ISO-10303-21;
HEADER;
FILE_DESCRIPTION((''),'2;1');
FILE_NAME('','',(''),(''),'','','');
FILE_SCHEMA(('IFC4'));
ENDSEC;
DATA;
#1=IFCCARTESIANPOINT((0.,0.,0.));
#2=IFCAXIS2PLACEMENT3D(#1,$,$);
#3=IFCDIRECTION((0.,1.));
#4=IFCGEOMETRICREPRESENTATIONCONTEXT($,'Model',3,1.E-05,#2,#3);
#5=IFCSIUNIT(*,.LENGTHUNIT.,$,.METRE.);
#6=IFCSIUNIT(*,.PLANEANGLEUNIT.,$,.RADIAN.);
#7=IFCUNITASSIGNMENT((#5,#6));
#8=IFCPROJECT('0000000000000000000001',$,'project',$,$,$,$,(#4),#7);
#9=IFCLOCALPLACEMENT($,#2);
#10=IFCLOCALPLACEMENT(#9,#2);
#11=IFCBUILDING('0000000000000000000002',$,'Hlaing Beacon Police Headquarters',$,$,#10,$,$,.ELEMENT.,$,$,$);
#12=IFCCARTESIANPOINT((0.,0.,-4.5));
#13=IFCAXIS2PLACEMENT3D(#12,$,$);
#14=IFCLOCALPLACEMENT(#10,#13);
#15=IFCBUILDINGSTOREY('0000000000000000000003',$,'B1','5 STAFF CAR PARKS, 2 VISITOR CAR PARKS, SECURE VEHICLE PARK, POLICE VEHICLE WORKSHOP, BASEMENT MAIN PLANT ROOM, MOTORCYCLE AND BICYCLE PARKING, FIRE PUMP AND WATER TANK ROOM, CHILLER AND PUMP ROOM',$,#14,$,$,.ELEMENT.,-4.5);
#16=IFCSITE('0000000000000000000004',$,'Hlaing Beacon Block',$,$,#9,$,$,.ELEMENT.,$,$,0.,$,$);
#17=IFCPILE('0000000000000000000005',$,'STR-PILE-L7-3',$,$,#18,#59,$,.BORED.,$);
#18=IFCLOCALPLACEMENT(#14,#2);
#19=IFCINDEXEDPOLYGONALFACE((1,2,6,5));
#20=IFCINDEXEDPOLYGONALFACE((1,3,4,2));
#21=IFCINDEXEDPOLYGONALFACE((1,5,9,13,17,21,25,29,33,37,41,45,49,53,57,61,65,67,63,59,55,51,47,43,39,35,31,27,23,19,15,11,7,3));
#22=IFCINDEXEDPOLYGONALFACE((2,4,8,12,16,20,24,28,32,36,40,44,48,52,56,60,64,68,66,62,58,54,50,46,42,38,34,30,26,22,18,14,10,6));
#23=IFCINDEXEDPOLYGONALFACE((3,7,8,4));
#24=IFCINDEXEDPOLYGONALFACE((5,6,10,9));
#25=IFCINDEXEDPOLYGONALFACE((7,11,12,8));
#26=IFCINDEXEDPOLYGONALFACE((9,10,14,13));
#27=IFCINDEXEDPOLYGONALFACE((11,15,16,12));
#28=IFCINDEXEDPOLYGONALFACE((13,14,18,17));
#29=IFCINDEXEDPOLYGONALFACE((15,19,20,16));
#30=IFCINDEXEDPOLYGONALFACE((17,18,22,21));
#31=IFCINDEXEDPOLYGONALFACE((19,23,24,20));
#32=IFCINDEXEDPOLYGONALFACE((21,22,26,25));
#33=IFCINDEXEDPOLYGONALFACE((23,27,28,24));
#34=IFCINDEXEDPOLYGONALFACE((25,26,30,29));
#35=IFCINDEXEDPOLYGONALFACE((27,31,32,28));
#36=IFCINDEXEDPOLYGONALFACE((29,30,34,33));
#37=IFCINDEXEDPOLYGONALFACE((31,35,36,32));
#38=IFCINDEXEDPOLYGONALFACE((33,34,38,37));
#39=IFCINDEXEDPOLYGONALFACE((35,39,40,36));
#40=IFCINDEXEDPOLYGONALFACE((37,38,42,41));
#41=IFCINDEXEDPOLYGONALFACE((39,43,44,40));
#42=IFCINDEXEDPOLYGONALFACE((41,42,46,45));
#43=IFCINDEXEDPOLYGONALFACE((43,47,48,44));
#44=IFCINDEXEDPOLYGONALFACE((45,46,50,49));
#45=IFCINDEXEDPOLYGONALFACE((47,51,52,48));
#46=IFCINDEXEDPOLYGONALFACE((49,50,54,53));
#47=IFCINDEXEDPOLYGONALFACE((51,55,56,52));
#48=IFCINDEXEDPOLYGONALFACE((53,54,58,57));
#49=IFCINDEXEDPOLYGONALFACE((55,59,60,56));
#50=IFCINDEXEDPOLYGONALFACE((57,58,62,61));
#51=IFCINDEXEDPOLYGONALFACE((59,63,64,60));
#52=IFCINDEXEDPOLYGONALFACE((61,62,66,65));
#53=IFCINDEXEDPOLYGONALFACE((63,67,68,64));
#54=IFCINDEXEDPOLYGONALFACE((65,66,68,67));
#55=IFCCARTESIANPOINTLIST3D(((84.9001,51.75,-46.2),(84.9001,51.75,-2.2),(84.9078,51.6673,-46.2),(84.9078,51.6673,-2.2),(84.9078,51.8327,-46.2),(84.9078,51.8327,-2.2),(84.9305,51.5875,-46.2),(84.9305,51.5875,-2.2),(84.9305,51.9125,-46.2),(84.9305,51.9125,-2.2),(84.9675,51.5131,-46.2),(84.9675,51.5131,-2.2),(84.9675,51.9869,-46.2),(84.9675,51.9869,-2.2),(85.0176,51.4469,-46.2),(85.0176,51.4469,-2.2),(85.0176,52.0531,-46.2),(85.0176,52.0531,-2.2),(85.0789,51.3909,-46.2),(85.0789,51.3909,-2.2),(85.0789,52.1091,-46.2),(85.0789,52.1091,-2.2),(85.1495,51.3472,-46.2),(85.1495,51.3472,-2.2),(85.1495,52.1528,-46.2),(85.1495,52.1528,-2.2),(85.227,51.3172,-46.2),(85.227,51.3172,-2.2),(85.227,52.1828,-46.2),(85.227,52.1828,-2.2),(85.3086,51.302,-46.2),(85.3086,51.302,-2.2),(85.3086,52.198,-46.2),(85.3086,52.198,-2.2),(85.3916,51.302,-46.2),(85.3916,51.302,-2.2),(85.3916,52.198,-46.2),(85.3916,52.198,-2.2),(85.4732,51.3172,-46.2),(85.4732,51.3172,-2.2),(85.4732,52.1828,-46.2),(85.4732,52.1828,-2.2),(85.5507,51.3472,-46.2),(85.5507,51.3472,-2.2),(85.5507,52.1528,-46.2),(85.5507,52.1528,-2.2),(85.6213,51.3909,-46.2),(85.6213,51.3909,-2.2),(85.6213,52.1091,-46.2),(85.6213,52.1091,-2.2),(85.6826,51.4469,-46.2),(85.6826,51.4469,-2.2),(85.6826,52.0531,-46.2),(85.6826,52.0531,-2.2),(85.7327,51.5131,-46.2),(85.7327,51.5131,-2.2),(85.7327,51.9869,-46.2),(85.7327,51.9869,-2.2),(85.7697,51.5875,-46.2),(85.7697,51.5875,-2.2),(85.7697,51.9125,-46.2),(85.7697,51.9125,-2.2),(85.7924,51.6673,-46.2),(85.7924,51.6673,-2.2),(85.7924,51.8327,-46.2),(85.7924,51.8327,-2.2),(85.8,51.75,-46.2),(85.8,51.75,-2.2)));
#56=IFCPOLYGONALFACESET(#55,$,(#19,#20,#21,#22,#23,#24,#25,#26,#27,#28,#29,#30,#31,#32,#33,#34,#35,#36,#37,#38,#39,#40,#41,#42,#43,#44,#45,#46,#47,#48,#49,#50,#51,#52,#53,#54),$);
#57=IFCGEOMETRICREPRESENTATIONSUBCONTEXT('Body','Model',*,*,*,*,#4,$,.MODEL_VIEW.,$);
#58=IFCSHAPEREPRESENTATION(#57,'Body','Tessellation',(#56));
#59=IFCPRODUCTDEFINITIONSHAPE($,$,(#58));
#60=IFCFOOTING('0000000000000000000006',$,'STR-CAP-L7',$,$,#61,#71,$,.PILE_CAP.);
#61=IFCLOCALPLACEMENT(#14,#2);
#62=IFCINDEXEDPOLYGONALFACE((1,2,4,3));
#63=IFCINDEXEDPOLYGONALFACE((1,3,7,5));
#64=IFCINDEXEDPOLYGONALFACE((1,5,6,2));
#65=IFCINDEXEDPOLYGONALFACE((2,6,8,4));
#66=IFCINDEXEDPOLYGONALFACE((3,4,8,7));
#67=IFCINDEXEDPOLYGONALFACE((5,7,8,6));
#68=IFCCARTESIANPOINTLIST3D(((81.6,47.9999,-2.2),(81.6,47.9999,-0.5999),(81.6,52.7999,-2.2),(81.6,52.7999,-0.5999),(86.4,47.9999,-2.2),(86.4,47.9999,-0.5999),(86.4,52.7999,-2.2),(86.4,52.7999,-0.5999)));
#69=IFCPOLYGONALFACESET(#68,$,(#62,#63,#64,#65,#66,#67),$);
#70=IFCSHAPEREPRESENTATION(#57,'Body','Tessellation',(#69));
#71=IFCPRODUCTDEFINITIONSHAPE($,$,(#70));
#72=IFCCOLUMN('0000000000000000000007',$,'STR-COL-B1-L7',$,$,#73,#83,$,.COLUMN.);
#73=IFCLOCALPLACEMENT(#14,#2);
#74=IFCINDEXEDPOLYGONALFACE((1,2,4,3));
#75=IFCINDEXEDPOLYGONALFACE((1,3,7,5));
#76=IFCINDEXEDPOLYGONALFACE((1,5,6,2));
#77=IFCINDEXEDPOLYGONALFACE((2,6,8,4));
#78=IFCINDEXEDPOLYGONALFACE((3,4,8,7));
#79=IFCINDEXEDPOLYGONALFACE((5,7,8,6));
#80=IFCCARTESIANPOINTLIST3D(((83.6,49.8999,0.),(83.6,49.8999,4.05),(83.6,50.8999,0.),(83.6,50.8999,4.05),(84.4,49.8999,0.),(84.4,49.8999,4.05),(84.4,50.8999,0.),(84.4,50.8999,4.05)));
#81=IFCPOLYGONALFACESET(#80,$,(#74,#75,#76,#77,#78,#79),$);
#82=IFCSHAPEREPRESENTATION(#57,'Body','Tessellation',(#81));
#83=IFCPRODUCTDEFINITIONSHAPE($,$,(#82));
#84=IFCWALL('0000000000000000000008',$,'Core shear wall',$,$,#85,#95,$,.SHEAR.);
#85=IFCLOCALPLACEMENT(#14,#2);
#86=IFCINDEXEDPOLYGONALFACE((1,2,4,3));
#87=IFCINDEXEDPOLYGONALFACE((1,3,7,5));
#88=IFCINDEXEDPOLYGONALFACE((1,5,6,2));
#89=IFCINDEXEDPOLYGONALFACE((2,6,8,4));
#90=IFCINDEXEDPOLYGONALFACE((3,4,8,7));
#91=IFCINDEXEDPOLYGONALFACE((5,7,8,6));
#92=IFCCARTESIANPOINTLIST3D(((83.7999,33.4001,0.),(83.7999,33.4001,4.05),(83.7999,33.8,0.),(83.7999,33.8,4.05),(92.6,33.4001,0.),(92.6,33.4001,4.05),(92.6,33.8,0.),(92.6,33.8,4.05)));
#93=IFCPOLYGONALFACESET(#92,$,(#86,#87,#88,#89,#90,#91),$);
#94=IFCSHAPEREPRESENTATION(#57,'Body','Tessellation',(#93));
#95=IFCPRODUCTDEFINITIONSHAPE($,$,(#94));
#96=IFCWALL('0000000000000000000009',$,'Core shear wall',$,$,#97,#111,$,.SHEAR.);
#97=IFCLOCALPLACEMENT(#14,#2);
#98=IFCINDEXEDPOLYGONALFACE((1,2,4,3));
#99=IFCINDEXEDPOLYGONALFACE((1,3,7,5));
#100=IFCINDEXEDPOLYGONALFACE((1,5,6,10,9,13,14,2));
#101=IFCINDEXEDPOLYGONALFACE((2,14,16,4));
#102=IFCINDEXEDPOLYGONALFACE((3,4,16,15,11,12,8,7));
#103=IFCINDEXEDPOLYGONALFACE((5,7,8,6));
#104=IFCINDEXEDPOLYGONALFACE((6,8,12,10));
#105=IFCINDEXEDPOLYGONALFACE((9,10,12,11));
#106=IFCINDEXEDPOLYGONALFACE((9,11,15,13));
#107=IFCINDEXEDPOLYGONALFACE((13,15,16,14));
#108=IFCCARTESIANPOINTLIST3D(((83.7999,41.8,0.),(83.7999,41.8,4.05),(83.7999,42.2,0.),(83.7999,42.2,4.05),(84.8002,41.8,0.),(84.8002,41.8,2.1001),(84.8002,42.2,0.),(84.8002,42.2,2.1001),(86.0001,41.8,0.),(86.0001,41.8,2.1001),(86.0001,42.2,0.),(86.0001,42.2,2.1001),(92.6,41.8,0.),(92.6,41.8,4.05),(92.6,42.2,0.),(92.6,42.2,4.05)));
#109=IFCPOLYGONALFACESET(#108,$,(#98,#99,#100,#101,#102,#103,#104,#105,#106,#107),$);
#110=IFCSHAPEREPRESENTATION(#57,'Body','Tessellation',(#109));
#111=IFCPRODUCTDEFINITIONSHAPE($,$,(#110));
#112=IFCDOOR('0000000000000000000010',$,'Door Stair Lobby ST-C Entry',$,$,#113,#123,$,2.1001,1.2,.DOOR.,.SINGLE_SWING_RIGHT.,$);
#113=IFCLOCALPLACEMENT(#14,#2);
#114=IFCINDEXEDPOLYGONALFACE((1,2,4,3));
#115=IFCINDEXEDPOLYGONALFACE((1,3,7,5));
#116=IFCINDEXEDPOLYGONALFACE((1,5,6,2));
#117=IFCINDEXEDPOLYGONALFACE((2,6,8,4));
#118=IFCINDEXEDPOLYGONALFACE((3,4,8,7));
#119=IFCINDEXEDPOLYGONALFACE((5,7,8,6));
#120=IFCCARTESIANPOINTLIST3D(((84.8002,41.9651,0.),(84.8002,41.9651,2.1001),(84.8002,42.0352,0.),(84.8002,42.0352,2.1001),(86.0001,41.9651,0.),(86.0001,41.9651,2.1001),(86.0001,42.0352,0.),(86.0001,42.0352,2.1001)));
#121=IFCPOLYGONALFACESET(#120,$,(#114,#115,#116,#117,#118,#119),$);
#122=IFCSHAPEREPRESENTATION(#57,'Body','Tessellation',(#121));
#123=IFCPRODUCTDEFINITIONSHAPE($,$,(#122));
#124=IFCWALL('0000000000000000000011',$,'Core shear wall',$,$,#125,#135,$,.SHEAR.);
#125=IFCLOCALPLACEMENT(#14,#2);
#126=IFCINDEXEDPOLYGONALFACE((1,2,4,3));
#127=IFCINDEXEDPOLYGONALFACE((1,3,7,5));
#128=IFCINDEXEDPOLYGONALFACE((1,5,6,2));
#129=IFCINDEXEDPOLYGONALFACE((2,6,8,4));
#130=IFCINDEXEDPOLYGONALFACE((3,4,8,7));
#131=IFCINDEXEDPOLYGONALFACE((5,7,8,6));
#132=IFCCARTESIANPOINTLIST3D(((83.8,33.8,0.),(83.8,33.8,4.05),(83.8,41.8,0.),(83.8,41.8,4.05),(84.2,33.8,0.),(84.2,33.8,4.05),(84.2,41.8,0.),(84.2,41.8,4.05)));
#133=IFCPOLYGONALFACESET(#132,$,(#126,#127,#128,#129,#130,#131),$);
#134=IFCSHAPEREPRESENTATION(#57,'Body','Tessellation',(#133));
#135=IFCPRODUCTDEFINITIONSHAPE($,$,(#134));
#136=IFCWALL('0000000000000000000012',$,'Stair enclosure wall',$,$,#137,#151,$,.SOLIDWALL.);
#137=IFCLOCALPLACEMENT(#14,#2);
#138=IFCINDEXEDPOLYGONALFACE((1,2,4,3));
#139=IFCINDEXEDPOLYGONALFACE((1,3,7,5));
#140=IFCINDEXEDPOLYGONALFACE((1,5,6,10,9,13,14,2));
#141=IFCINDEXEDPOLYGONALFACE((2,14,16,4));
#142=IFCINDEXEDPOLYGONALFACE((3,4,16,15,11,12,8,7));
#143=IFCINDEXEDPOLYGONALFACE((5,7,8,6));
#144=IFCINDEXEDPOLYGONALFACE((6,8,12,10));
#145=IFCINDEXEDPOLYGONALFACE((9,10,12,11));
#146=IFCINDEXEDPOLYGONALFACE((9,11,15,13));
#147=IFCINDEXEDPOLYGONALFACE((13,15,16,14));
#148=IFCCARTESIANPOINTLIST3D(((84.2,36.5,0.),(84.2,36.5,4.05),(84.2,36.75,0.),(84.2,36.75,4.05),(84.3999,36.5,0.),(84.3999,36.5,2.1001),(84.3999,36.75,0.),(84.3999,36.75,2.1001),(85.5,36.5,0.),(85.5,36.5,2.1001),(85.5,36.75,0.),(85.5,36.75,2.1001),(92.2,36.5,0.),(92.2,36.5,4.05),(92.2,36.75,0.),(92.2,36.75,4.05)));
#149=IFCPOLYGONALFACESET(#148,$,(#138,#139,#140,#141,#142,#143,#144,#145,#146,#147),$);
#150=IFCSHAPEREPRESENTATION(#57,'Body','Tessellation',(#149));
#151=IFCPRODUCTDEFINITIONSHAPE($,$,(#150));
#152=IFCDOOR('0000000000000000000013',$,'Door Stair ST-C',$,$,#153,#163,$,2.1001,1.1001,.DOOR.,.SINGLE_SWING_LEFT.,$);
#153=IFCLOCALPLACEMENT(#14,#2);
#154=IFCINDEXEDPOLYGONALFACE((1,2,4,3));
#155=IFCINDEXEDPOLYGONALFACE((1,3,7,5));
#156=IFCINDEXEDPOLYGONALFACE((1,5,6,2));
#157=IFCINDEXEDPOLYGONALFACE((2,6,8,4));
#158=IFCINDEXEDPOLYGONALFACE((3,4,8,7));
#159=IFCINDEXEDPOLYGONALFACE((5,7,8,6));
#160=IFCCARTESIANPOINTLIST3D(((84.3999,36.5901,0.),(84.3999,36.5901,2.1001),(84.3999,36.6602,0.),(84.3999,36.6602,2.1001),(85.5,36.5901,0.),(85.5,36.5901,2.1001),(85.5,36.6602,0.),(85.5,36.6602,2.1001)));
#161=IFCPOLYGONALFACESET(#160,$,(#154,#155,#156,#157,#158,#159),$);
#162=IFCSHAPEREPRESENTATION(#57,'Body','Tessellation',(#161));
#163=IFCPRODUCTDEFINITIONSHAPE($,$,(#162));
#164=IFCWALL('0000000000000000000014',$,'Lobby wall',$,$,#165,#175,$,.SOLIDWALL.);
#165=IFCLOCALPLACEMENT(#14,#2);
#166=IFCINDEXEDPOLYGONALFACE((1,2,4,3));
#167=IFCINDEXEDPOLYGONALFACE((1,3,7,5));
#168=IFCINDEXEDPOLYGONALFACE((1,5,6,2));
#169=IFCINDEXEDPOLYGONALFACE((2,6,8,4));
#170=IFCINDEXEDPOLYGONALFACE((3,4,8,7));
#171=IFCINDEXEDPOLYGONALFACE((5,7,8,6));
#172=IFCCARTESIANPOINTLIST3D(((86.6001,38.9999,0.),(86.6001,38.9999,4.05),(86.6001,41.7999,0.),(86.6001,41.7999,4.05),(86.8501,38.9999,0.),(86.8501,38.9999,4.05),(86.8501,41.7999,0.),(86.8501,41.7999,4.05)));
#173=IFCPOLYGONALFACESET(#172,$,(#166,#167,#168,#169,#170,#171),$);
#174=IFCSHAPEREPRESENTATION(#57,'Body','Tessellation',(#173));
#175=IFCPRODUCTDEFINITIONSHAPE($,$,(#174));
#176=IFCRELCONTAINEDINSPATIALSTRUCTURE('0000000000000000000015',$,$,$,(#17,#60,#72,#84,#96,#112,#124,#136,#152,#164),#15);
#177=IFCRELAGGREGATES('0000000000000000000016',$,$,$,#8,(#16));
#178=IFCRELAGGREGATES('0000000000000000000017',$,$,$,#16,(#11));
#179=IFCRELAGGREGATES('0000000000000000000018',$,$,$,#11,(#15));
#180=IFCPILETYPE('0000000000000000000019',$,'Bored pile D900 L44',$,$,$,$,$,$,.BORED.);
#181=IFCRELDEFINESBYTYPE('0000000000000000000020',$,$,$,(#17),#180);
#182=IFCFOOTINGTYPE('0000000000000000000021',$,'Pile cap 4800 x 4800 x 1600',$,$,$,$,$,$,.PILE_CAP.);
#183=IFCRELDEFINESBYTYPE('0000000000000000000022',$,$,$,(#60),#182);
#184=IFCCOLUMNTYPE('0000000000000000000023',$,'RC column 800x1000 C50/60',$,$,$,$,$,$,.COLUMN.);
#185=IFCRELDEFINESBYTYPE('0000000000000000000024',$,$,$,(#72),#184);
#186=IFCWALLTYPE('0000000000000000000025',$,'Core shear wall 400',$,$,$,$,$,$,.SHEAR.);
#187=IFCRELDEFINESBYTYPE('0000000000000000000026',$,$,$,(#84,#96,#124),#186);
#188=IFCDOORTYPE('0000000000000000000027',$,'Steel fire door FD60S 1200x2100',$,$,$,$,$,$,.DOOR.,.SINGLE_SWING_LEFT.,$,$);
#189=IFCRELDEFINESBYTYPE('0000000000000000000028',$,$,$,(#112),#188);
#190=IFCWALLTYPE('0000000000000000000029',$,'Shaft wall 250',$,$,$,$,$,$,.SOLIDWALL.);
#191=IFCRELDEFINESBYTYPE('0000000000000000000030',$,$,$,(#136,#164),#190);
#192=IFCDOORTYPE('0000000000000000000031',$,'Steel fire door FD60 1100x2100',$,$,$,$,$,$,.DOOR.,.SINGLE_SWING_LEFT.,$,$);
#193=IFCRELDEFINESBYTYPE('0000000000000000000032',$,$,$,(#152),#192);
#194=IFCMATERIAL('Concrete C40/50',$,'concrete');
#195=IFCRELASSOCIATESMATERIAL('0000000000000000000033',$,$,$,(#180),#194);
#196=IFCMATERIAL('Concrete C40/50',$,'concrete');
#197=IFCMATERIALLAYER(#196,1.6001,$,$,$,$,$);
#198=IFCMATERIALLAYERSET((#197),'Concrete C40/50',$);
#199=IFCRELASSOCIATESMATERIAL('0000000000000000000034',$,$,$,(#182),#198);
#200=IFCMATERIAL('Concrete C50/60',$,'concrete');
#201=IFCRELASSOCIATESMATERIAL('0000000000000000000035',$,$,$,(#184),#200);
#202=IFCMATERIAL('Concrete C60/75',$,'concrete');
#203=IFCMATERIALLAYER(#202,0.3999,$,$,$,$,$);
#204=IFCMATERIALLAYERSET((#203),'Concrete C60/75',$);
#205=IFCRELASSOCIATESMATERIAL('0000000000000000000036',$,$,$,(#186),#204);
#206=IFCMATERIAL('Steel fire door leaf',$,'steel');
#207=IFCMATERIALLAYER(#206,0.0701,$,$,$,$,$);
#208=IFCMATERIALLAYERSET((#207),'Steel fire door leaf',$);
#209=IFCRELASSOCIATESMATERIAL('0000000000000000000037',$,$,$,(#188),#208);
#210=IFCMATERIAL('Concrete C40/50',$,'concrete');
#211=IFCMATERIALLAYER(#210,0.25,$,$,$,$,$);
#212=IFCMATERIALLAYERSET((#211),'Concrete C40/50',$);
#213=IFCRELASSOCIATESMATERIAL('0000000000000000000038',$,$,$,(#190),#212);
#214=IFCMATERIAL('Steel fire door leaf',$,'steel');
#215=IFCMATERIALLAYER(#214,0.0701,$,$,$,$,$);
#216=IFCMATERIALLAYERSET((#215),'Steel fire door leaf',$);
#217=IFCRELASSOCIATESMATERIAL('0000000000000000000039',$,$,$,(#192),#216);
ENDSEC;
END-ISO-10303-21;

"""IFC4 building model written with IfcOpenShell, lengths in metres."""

from ifc_helpers import new_model, si_unit, direction, frame, frame_2d, origin, origin_2d, place, context, subcontext, project, spatial, rectangle, circle, extrude, material, layer, layer_set, material_profile, profile_set, type_object, element, fill, save


model = new_model("IFC4")

# Units and contexts
model_context = context("Model", 3, precision=1e-05, world=origin(), true_north=direction((0.0, 1.0)))
body_context = subcontext(model_context, "Body", "Model", "MODEL_VIEW")
ifc_project = project(units=[si_unit("LENGTHUNIT", "METRE"), si_unit("PLANEANGLEUNIT", "RADIAN")], contexts=[model_context])

# Site, building, storey
site_placement = place(None, origin())
site = spatial("IfcSite", under=ifc_project, at=site_placement, Name="Hlaing Beacon Block", CompositionType="ELEMENT", RefElevation=0.0)
building_placement = place(site_placement, origin())
building = spatial("IfcBuilding", under=site, at=building_placement, Name="Hlaing Beacon Police Headquarters", CompositionType="ELEMENT")
storey_placement = place(building_placement, frame((0.0, 0.0, -4.5)))
storey = spatial("IfcBuildingStorey", under=building, at=storey_placement, Name="B1", Description="5 STAFF CAR PARKS, 2 VISITOR CAR PARKS, SECURE VEHICLE PARK, POLICE VEHICLE WORKSHOP, BASEMENT MAIN PLANT ROOM, MOTORCYCLE AND BICYCLE PARKING, FIRE PUMP AND WATER TANK ROOM, CHILLER AND PUMP ROOM", CompositionType="ELEMENT", Elevation=-4.5)

# Pile
ifc_material_1 = material(Name="Concrete C40/50", Category="concrete")
ifc_material_profile_1 = material_profile(ifc_material_1, circle(Radius=0.45, at=origin_2d()), Name="D900")
ifc_profile_set_1 = profile_set([ifc_material_profile_1], Name="Concrete C40/50")
pile_type_1 = type_object("IfcPileType", Name="Bored pile D900 L44", PredefinedType="BORED", material=ifc_profile_set_1)
for number, where, z_axis, x_axis, name in (
    (1, (85.3501, 51.75, -2.2), (0.0, 0.0, -1.0), (1.0, 0.0, 0.0), "STR-PILE-L7-3"),
):
    element("IfcPile", number, at=place(storey_placement, frame(where, z_axis=z_axis, x_axis=x_axis)), inside=storey, type_object=pile_type_1, Name=name, PredefinedType="BORED", context=body_context, shape_type="SweptSolid", body=[
        extrude(circle(Radius=0.45, at=origin_2d()), origin(), (0.0, 0.0, 1.0), 44.0),
    ])

# Footing
ifc_material_2 = material(Name="Concrete C40/50", Category="concrete")
ifc_layer_1 = layer(ifc_material_2, 1.6001)
ifc_layer_set_1 = layer_set([ifc_layer_1], Name="Concrete C40/50")
footing_type = type_object("IfcFootingType", Name="Pile cap 4800 x 4800 x 1600", PredefinedType="PILE_CAP", material=ifc_layer_set_1)
footing_placement = place(storey_placement, frame((84.0, 50.3999, -2.2), z_axis=(0.0, 0.0, 1.0), x_axis=(1.0, 0.0, 0.0)))
element("IfcFooting", 2, at=footing_placement, inside=storey, type_object=footing_type, Name="STR-CAP-L7", PredefinedType="PILE_CAP", context=body_context, shape_type="SweptSolid", body=[
    extrude(rectangle(XDim=4.8, YDim=4.8, at=origin_2d()), origin(), (0.0, 0.0, 1.0), 1.6001),
])

# Column
ifc_material_3 = material(Name="Concrete C50/60", Category="concrete")
ifc_material_profile_2 = material_profile(ifc_material_3, rectangle(XDim=0.8, YDim=1.0, at=origin_2d()), Name="800x1000")
ifc_profile_set_2 = profile_set([ifc_material_profile_2], Name="Concrete C50/60")
column_type = type_object("IfcColumnType", Name="RC column 800x1000 C50/60", PredefinedType="COLUMN", material=ifc_profile_set_2)
column_placement = place(storey_placement, frame((84.0, 50.3999, 0.0), z_axis=(0.0, 0.0, 1.0), x_axis=(1.0, 0.0, 0.0)))
element("IfcColumn", 3, at=column_placement, inside=storey, type_object=column_type, Name="STR-COL-B1-L7", PredefinedType="COLUMN", context=body_context, shape_type="SweptSolid", body=[
    extrude(rectangle(XDim=0.8, YDim=1.0, at=origin_2d()), origin(), (0.0, 0.0, 1.0), 4.05),
])

# Wall
ifc_material_4 = material(Name="Concrete C60/75", Category="concrete")
ifc_layer_2 = layer(ifc_material_4, 0.3999)
ifc_layer_set_2 = layer_set([ifc_layer_2], Name="Concrete C60/75")
wall_type_1 = type_object("IfcWallType", Name="Core shear wall 400", PredefinedType="SHEAR", material=ifc_layer_set_2)
wall_1_placement = place(storey_placement, frame((83.8, 33.6001, 0.0), z_axis=(0.0, 0.0, 1.0), x_axis=(1.0, 0.0, 0.0)))
element("IfcWall", 4, at=wall_1_placement, inside=storey, type_object=wall_type_1, Name="Core shear wall", PredefinedType="SHEAR", context=body_context, shape_type="SweptSolid", body=[
    extrude(rectangle(XDim=8.8, YDim=0.3999, at=frame_2d((4.3999, 0.0))), origin(), (0.0, 0.0, 1.0), 4.05),
])

# Wall, opening, door
wall_2_placement = place(storey_placement, frame((83.8, 42.0, 0.0), z_axis=(0.0, 0.0, 1.0), x_axis=(1.0, 0.0, 0.0)))
wall_2 = element("IfcWall", 5, at=wall_2_placement, inside=storey, type_object=wall_type_1, Name="Core shear wall", PredefinedType="SHEAR", context=body_context, shape_type="SweptSolid", body=[
    extrude(rectangle(XDim=8.8, YDim=0.3999, at=frame_2d((4.3999, 0.0))), origin(), (0.0, 0.0, 1.0), 4.05),
])
opening_1_placement = place(wall_2_placement, frame((1.0, 0.0, 0.0)))
opening_1 = element("IfcOpeningElement", 6, at=opening_1_placement, cuts=wall_2, PredefinedType="OPENING", context=body_context, shape_type="SweptSolid", body=[
    extrude(rectangle(XDim=1.2, YDim=2.1001, at=frame_2d((0.6001, 1.05))), frame((0.0, 0.21, 0.0), z_axis=(0.0, -1.0, 0.0), x_axis=(1.0, 0.0, 0.0)), (0.0, 0.0, 1.0), 0.4199),
])
ifc_material_5 = material(Name="Steel fire door leaf", Category="steel")
ifc_layer_3 = layer(ifc_material_5, 0.0701)
ifc_layer_set_3 = layer_set([ifc_layer_3], Name="Steel fire door leaf")
door_type_1 = type_object("IfcDoorType", Name="Steel fire door FD60S 1200x2100", OperationType="SINGLE_SWING_LEFT", PredefinedType="DOOR", material=ifc_layer_set_3)
door_1_placement = place(opening_1_placement, frame((1.2, 0.0, 0.0), z_axis=(0.0, 0.0, 1.0), x_axis=(-1.0, 0.0, 0.0)))
door_1 = element("IfcDoor", 7, at=door_1_placement, inside=storey, type_object=door_type_1, Name="Door Stair Lobby ST-C Entry", OperationType="SINGLE_SWING_RIGHT", OverallHeight=2.1001, OverallWidth=1.2, PredefinedType="DOOR", context=body_context, shape_type="SweptSolid", body=[
    extrude(rectangle(XDim=1.2, YDim=2.1001, at=frame_2d((0.5999, 1.05))), frame((0.0, 0.0349, 0.0), z_axis=(0.0, -1.0, 0.0), x_axis=(1.0, 0.0, 0.0)), (0.0, 0.0, 1.0), 0.0701),
])
fill(opening_1, door_1)

# Wall
wall_3_placement = place(storey_placement, frame((84.0, 33.8, 0.0), z_axis=(0.0, 0.0, 1.0), x_axis=(0.0, 1.0, 0.0)))
element("IfcWall", 8, at=wall_3_placement, inside=storey, type_object=wall_type_1, Name="Core shear wall", PredefinedType="SHEAR", context=body_context, shape_type="SweptSolid", body=[
    extrude(rectangle(XDim=8.0, YDim=0.3999, at=frame_2d((4.0, 0.0))), origin(), (0.0, 0.0, 1.0), 4.05),
])

# Wall, opening, door
ifc_material_6 = material(Name="Concrete C40/50", Category="concrete")
ifc_layer_4 = layer(ifc_material_6, 0.25)
ifc_layer_set_4 = layer_set([ifc_layer_4], Name="Concrete C40/50")
wall_type_2 = type_object("IfcWallType", Name="Shaft wall 250", PredefinedType="SOLIDWALL", material=ifc_layer_set_4)
wall_4_placement = place(storey_placement, frame((84.2, 36.625, 0.0), z_axis=(0.0, 0.0, 1.0), x_axis=(1.0, 0.0, 0.0)))
wall_4 = element("IfcWall", 9, at=wall_4_placement, inside=storey, type_object=wall_type_2, Name="Stair enclosure wall", PredefinedType="SOLIDWALL", context=body_context, shape_type="SweptSolid", body=[
    extrude(rectangle(XDim=8.0, YDim=0.25, at=frame_2d((4.0, 0.0))), origin(), (0.0, 0.0, 1.0), 4.05),
])
opening_2_placement = place(wall_4_placement, frame((0.2, 0.0, 0.0)))
opening_2 = element("IfcOpeningElement", 10, at=opening_2_placement, cuts=wall_4, PredefinedType="OPENING", context=body_context, shape_type="SweptSolid", body=[
    extrude(rectangle(XDim=1.1001, YDim=2.1001, at=frame_2d((0.55, 1.05))), frame((0.0, 0.135, 0.0), z_axis=(0.0, -1.0, 0.0), x_axis=(1.0, 0.0, 0.0)), (0.0, 0.0, 1.0), 0.27),
])
ifc_material_7 = material(Name="Steel fire door leaf", Category="steel")
ifc_layer_5 = layer(ifc_material_7, 0.0701)
ifc_layer_set_5 = layer_set([ifc_layer_5], Name="Steel fire door leaf")
door_type_2 = type_object("IfcDoorType", Name="Steel fire door FD60 1100x2100", OperationType="SINGLE_SWING_LEFT", PredefinedType="DOOR", material=ifc_layer_set_5)
door_2_placement = place(opening_2_placement, frame((1.1001, 0.0, 0.0), z_axis=(0.0, 0.0, 1.0), x_axis=(-1.0, 0.0, 0.0)))
door_2 = element("IfcDoor", 11, at=door_2_placement, inside=storey, type_object=door_type_2, Name="Door Stair ST-C", OperationType="SINGLE_SWING_LEFT", OverallHeight=2.1001, OverallWidth=1.1001, PredefinedType="DOOR", context=body_context, shape_type="SweptSolid", body=[
    extrude(rectangle(XDim=1.1001, YDim=2.1001, at=frame_2d((0.55, 1.05))), frame((0.0, 0.0349, 0.0), z_axis=(0.0, -1.0, 0.0), x_axis=(1.0, 0.0, 0.0)), (0.0, 0.0, 1.0), 0.0701),
])
fill(opening_2, door_2)

# Wall
wall_5_placement = place(storey_placement, frame((86.7251, 39.0, 0.0), z_axis=(0.0, 0.0, 1.0), x_axis=(0.0, 1.0, 0.0)))
element("IfcWall", 12, at=wall_5_placement, inside=storey, type_object=wall_type_2, Name="Lobby wall", PredefinedType="SOLIDWALL", context=body_context, shape_type="SweptSolid", body=[
    extrude(rectangle(XDim=2.8, YDim=0.25, at=frame_2d((1.3999, 0.0))), origin(), (0.0, 0.0, 1.0), 4.05),
])

save(model, "model.ifc")
